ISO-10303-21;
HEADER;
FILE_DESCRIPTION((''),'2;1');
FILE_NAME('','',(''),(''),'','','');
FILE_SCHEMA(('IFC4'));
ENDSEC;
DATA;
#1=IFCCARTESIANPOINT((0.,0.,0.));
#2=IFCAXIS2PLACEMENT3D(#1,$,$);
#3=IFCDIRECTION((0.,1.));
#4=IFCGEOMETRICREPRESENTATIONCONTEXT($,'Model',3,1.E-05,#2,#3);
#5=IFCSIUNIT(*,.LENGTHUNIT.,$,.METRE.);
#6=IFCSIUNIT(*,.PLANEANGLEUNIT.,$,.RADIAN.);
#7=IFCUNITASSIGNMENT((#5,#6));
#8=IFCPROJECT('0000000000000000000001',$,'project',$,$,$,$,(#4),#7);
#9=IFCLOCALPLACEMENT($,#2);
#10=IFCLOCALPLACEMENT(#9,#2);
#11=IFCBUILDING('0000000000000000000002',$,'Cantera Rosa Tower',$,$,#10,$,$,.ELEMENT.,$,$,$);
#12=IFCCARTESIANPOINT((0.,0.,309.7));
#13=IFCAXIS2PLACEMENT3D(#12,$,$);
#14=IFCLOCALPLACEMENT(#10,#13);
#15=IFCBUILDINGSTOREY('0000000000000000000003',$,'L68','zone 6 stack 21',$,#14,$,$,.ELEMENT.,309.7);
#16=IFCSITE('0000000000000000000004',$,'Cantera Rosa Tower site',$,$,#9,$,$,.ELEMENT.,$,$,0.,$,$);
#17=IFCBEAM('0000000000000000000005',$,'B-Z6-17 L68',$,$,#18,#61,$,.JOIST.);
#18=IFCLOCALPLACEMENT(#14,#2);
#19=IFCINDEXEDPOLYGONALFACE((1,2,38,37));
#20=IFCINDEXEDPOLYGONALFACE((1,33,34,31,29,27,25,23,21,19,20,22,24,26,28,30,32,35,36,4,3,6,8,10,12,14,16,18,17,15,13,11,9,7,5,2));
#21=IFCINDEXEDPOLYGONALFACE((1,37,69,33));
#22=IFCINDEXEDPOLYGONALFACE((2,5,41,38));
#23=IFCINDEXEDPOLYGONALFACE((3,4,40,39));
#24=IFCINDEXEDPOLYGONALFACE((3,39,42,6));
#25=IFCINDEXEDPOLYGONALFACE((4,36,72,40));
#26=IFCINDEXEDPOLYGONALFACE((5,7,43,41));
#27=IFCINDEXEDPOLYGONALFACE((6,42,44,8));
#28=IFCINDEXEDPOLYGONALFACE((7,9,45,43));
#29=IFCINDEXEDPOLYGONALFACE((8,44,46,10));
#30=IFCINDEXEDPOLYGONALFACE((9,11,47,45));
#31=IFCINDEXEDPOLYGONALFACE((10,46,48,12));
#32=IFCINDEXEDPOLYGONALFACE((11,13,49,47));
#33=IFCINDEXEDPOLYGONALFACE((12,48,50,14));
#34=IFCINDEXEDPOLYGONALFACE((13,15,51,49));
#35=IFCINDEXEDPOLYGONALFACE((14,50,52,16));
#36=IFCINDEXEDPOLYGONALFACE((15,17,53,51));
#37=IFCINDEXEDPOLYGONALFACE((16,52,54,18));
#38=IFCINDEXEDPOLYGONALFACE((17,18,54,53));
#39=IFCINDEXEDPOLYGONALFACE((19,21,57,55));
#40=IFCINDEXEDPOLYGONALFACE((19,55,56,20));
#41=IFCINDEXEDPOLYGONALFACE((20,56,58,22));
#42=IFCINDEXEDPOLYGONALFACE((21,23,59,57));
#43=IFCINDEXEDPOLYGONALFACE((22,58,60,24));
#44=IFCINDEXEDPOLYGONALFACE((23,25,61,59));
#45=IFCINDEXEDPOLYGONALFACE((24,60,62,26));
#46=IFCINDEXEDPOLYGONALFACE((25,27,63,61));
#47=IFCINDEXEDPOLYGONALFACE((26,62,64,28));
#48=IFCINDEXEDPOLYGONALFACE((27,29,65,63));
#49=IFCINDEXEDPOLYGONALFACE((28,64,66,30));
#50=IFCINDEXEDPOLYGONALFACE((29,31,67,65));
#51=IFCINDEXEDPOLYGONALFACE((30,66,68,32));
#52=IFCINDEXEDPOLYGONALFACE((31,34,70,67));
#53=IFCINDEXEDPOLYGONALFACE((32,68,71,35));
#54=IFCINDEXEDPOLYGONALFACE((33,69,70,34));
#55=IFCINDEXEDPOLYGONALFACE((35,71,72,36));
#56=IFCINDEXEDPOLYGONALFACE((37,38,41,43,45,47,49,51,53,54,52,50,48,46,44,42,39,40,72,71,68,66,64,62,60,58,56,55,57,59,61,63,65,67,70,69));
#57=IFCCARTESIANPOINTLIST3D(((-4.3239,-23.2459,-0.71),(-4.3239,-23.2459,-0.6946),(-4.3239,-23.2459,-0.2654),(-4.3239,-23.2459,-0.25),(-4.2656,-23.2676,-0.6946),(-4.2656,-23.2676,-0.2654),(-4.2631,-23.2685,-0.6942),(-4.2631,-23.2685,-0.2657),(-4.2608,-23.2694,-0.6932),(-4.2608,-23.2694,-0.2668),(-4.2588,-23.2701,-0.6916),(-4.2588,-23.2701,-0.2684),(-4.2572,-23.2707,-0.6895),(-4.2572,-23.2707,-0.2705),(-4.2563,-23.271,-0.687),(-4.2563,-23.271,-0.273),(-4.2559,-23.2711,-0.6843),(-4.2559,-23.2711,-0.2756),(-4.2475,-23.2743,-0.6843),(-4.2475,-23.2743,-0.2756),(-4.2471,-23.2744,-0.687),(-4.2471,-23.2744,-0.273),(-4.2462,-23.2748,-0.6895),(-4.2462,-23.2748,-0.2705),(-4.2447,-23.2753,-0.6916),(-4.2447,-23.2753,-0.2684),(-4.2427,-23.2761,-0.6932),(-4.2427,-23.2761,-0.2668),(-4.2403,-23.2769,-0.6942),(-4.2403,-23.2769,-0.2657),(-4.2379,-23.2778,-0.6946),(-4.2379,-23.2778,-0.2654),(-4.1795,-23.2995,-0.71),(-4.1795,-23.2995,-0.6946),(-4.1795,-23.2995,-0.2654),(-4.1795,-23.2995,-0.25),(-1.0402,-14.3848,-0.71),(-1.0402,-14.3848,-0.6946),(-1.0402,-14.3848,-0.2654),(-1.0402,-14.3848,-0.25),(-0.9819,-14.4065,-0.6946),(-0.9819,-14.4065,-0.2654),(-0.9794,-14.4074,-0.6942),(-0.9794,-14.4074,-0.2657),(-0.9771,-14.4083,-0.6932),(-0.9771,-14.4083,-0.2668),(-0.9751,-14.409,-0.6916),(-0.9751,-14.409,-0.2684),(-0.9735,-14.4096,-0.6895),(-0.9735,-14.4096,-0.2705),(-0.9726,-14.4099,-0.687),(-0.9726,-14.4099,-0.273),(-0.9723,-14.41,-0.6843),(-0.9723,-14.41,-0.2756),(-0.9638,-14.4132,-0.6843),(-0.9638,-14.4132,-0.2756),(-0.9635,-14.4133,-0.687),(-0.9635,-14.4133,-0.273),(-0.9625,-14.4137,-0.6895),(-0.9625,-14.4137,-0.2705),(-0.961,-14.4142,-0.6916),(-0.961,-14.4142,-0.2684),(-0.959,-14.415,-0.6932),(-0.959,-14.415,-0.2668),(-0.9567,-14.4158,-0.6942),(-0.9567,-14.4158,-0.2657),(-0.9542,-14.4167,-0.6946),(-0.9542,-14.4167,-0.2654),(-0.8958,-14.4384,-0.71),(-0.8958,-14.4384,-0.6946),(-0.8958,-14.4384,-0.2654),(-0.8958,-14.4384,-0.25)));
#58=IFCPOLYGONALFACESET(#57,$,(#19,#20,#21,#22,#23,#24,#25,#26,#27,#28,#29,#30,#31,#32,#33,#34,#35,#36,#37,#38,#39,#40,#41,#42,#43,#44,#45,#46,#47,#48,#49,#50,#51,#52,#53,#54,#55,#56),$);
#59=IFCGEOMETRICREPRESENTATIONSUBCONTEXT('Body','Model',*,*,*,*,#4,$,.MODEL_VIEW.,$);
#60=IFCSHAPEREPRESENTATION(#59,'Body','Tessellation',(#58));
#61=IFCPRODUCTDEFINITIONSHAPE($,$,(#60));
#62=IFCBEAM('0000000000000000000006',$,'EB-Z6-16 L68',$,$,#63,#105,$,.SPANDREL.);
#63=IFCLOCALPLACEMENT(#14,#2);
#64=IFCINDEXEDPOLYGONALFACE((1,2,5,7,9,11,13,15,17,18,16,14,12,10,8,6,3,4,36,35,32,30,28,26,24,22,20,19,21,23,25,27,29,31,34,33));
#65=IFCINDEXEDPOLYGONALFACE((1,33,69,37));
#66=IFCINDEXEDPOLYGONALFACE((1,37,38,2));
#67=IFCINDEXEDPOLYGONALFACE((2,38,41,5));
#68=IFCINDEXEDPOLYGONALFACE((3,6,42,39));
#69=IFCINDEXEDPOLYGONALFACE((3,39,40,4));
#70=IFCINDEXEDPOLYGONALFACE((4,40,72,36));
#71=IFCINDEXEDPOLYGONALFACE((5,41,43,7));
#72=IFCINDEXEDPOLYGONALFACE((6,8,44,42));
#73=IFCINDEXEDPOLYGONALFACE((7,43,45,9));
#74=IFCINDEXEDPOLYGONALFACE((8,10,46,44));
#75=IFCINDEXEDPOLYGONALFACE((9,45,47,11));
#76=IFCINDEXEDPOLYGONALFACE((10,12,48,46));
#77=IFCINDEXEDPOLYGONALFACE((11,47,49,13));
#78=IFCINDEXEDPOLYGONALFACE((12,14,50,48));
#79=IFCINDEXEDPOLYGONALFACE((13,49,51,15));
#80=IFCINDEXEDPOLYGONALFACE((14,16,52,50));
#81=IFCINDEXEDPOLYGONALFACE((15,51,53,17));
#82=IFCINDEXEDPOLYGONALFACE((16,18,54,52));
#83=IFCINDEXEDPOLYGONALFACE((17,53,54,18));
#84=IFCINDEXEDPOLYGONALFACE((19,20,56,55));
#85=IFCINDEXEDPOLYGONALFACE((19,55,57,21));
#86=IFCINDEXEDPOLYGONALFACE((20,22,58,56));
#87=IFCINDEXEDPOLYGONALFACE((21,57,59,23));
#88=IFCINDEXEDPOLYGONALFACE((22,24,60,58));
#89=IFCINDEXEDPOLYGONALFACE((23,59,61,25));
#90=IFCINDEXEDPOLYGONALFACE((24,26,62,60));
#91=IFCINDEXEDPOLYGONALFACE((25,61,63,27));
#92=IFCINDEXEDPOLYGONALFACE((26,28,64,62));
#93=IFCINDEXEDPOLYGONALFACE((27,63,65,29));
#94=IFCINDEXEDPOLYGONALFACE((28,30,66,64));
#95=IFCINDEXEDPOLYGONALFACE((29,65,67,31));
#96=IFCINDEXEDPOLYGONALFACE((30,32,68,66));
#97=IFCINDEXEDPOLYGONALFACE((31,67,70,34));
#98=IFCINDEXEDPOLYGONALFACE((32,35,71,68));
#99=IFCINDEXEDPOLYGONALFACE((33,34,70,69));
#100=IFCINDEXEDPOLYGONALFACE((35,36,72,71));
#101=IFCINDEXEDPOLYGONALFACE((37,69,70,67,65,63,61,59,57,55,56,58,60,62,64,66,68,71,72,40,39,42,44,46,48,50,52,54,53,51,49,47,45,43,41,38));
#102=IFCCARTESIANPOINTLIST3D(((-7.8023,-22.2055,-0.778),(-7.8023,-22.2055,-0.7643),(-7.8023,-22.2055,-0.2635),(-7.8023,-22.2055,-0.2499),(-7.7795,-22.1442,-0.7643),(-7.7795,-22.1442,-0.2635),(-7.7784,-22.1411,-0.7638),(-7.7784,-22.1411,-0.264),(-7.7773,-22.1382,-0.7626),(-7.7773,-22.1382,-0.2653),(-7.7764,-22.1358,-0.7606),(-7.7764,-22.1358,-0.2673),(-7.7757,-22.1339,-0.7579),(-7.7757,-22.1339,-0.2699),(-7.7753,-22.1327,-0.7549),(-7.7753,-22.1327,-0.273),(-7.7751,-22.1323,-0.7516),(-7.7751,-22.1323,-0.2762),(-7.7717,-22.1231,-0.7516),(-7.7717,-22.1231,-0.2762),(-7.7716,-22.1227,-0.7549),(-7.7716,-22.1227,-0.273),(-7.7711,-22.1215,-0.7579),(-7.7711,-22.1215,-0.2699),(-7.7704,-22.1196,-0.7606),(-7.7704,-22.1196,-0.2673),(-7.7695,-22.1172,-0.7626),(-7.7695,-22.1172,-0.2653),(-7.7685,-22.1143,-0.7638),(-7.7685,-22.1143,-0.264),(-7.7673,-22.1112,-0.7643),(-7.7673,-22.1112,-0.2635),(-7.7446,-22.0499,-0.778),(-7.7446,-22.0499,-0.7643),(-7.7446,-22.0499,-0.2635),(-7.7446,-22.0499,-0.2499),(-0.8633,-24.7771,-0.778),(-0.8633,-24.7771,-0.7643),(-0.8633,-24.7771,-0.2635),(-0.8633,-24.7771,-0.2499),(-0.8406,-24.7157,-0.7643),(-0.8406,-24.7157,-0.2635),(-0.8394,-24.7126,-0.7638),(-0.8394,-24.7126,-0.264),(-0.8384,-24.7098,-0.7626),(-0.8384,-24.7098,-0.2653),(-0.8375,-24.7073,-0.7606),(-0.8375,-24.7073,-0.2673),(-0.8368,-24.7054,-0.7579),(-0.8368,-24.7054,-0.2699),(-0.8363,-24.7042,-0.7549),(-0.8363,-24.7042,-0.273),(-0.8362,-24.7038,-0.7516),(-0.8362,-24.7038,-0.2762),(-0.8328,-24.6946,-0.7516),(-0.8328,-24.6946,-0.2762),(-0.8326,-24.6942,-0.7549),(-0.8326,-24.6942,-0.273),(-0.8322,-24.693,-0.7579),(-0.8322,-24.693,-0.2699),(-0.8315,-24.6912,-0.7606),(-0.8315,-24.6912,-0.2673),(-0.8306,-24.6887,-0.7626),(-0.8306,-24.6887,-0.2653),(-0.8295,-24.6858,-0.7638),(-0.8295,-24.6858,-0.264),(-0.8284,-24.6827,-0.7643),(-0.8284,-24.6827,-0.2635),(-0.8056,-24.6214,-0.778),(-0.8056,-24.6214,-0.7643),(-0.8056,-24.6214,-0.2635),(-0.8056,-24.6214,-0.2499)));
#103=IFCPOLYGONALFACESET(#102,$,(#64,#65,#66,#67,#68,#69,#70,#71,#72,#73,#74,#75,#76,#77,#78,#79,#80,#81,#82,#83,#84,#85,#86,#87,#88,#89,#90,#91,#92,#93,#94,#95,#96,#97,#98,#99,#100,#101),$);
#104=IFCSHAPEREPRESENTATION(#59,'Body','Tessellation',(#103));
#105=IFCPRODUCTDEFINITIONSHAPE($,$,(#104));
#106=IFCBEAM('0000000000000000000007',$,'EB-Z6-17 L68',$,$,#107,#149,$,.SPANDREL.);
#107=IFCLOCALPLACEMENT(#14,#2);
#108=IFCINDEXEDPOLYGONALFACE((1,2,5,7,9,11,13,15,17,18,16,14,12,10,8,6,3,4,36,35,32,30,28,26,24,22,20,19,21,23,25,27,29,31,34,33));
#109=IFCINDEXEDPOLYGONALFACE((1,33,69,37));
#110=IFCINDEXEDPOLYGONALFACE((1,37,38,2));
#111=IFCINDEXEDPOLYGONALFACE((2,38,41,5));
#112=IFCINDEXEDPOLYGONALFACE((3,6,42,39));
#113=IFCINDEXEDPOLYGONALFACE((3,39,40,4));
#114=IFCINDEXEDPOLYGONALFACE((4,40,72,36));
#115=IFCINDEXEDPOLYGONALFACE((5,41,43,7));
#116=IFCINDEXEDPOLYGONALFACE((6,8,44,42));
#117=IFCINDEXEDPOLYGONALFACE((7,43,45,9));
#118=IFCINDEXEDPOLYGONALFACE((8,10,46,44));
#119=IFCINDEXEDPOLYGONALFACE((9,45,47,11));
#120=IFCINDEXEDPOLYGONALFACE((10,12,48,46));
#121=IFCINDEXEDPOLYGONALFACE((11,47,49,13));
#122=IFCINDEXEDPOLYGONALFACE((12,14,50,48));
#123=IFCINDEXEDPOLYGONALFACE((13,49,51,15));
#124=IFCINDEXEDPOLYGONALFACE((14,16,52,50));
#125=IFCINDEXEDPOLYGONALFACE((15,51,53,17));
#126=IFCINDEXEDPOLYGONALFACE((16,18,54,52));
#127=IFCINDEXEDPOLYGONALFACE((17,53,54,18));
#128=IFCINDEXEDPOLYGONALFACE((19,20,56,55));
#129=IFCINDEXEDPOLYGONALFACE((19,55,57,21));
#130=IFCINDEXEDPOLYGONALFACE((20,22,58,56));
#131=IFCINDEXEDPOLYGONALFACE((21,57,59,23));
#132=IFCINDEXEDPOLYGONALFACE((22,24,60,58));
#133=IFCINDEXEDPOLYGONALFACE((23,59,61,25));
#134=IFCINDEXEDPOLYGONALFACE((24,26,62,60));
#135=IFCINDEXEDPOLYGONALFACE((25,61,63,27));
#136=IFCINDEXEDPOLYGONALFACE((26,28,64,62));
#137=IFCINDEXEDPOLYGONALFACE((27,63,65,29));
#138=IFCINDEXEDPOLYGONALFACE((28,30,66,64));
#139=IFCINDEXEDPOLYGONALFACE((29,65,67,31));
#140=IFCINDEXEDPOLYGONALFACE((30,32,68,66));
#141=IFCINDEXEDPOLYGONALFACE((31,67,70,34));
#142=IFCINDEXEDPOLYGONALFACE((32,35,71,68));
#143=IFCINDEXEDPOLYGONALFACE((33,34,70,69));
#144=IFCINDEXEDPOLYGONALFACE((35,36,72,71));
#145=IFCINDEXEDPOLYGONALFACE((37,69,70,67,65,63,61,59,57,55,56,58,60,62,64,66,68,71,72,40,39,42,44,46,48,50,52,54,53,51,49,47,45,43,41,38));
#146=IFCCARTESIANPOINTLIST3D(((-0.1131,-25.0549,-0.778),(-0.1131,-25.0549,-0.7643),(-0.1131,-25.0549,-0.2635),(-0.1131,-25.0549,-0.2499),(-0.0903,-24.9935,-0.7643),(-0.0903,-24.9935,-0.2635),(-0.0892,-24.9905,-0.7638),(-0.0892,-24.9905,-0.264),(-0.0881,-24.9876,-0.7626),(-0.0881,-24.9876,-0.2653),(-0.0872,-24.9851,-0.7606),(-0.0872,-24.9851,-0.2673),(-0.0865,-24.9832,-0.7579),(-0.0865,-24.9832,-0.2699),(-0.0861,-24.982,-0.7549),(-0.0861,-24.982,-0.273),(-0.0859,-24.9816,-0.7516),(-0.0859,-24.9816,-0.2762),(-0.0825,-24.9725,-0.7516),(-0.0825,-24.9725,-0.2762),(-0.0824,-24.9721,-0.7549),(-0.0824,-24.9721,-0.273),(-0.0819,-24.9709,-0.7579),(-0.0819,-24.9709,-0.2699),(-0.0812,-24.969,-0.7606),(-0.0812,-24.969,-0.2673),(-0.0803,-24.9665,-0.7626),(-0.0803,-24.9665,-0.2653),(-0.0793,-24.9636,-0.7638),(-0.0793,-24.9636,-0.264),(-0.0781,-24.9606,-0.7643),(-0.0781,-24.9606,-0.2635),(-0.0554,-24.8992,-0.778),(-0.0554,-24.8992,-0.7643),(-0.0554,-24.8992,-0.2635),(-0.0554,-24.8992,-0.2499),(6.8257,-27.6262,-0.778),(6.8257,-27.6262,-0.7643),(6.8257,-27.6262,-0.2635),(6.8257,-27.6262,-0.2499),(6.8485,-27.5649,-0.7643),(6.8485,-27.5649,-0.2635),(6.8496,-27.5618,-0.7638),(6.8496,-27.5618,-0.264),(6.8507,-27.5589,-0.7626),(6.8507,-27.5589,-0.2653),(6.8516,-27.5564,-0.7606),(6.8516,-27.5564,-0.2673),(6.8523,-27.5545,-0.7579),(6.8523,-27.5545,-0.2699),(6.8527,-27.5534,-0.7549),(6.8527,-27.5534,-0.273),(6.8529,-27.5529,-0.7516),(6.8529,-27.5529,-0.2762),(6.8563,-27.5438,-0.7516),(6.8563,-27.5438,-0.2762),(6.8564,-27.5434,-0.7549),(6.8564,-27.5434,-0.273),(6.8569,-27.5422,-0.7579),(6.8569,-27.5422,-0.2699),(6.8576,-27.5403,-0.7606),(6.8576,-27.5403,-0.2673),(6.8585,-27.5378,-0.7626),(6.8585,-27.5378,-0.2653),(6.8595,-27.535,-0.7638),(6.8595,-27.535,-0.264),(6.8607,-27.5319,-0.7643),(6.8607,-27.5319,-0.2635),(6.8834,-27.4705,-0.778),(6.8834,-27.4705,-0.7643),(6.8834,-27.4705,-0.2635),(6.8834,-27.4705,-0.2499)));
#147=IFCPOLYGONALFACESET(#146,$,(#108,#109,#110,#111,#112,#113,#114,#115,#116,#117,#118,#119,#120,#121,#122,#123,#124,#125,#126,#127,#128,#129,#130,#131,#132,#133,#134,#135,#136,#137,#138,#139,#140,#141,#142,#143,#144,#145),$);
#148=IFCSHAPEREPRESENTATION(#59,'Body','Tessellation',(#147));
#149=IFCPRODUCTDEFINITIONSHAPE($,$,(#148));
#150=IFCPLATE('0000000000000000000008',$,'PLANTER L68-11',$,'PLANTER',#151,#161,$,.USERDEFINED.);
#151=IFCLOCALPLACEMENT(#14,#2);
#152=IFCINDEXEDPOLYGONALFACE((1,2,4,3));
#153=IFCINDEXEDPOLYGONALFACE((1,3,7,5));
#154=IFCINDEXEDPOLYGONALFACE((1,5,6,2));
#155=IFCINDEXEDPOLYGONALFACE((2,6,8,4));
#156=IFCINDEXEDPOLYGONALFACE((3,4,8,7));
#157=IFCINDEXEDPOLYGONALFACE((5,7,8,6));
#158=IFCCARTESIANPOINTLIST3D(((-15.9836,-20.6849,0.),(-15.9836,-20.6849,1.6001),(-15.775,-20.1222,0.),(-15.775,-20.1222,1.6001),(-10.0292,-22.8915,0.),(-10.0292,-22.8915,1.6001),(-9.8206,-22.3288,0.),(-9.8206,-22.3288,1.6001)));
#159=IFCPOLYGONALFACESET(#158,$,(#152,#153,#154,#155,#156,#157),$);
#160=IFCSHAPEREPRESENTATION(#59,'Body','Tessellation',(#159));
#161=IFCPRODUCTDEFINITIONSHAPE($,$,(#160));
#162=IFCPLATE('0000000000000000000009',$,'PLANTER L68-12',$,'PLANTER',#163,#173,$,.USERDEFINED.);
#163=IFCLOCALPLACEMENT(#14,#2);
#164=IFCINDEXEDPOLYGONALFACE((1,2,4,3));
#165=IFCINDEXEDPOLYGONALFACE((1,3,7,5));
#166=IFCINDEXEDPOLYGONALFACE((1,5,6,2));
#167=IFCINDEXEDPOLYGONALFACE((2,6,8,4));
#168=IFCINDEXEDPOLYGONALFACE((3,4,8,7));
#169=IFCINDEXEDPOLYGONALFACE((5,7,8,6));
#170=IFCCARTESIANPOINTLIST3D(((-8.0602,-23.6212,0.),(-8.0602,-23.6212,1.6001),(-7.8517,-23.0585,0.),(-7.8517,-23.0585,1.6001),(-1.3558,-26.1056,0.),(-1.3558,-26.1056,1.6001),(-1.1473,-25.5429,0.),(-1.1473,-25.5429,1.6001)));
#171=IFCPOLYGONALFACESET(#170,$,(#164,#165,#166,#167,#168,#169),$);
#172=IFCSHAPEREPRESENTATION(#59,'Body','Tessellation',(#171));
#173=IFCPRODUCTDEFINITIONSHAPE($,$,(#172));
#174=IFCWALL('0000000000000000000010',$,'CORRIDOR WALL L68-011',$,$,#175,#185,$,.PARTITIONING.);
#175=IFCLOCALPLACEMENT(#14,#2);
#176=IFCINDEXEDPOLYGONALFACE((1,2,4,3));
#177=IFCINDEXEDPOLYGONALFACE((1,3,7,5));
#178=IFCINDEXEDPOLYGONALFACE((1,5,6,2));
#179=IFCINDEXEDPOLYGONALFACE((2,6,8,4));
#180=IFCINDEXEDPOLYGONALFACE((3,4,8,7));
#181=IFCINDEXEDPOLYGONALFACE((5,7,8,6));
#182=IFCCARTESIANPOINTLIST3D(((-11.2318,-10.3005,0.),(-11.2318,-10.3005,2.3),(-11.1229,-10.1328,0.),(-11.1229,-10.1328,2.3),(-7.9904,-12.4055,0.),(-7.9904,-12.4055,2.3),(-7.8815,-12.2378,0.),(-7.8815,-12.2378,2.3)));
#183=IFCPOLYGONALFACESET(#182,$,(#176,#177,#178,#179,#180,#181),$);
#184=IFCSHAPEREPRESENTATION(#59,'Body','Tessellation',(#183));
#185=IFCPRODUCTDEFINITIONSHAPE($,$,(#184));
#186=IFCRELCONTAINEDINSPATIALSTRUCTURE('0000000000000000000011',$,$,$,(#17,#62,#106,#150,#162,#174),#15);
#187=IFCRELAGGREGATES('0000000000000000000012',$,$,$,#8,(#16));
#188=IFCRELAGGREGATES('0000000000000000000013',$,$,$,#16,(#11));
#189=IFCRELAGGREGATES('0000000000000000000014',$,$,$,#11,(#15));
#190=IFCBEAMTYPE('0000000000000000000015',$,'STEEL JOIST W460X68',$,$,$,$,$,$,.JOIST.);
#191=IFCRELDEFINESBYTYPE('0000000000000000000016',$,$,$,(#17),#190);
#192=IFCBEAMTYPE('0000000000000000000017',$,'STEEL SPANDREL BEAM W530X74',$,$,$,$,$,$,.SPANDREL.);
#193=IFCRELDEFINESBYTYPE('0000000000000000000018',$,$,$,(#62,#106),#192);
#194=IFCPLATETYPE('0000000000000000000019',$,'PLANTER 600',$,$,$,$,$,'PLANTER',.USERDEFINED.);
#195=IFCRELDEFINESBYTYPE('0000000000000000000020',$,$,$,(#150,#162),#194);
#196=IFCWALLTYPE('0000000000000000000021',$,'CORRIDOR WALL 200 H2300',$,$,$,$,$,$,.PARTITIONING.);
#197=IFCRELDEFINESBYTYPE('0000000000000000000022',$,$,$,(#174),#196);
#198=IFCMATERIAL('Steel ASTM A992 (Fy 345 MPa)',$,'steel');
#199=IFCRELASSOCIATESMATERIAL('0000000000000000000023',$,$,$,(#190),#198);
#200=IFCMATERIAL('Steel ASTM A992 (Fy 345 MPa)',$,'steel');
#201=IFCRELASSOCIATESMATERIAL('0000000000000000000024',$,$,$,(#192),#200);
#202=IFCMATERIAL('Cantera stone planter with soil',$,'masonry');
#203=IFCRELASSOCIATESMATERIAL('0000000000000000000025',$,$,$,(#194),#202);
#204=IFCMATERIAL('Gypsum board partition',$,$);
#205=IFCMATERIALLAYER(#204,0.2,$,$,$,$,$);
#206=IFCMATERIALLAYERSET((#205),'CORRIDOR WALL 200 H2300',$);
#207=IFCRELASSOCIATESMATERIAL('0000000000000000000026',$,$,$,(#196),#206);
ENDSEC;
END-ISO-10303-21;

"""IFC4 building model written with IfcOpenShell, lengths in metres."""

from ifc_helpers import new_model, si_unit, direction, frame, frame_2d, origin, origin_2d, place, context, subcontext, project, spatial, rectangle, i_section, extrude, material, layer, layer_set, material_profile, profile_set, type_object, element, save


model = new_model("IFC4")

# Units and contexts
model_context = context("Model", 3, precision=1e-05, world=origin(), true_north=direction((0.0, 1.0)))
body_context = subcontext(model_context, "Body", "Model", "MODEL_VIEW")
ifc_project = project(units=[si_unit("LENGTHUNIT", "METRE"), si_unit("PLANEANGLEUNIT", "RADIAN")], contexts=[model_context])

# Site, building, storey
site_placement = place(None, origin())
site = spatial("IfcSite", under=ifc_project, at=site_placement, Name="Cantera Rosa Tower site", CompositionType="ELEMENT", RefElevation=0.0)
building_placement = place(site_placement, origin())
building = spatial("IfcBuilding", under=site, at=building_placement, Name="Cantera Rosa Tower", CompositionType="ELEMENT")
storey_placement = place(building_placement, frame((0.0, 0.0, 309.7)))
storey = spatial("IfcBuildingStorey", under=building, at=storey_placement, Name="L68", Description="zone 6 stack 21", CompositionType="ELEMENT", Elevation=309.7)

# Beams
ifc_material_1 = material(Name="Steel ASTM A992 (Fy 345 MPa)", Category="steel")
ifc_material_profile_1 = material_profile(ifc_material_1, i_section(OverallWidth=0.1541, OverallDepth=0.46, WebThickness=0.009, FlangeThickness=0.0154, FilletRadius=0.0103, at=origin_2d()), Name="W460X68")
ifc_profile_set_1 = profile_set([ifc_material_profile_1], Name="Steel ASTM A992 (Fy 345 MPa)")
beam_type_1 = type_object("IfcBeamType", Name="STEEL JOIST W460X68", PredefinedType="JOIST", material=ifc_profile_set_1)
for number, where, z_axis, x_axis, name in (
    (1, (-4.2517, -23.2727, -0.48), (0.347483, 0.937686, 0.0), (-0.937686, 0.347483, 0.0), "B-Z6-17 L68"),
):
    element("IfcBeam", number, at=place(storey_placement, frame(where, z_axis=z_axis, x_axis=x_axis)), inside=storey, type_object=beam_type_1, Name=name, PredefinedType="JOIST", context=body_context, shape_type="SweptSolid", body=[
        extrude(i_section(OverallWidth=0.1541, OverallDepth=0.46, WebThickness=0.009, FlangeThickness=0.0154, FilletRadius=0.0103, at=origin_2d()), origin(), (0.0, 0.0, 1.0), 9.45),
    ])
ifc_material_2 = material(Name="Steel ASTM A992 (Fy 345 MPa)", Category="steel")
ifc_material_profile_2 = material_profile(ifc_material_2, i_section(OverallWidth=0.166, OverallDepth=0.5281, WebThickness=0.0098, FlangeThickness=0.0137, FilletRadius=0.0127, at=origin_2d()), Name="W530X74")
ifc_profile_set_2 = profile_set([ifc_material_profile_2], Name="Steel ASTM A992 (Fy 345 MPa)")
beam_type_2 = type_object("IfcBeamType", Name="STEEL SPANDREL BEAM W530X74", PredefinedType="SPANDREL", material=ifc_profile_set_2)
beam_1_placement = place(storey_placement, frame((-7.7734, -22.1277, -0.5139), z_axis=(0.937681, -0.347498, 0.0), x_axis=(0.347498, 0.937681, 0.0)))
element("IfcBeam", 2, at=beam_1_placement, inside=storey, type_object=beam_type_2, Name="EB-Z6-16 L68", PredefinedType="SPANDREL", context=body_context, shape_type="SweptSolid", body=[
    extrude(i_section(OverallWidth=0.166, OverallDepth=0.5281, WebThickness=0.0098, FlangeThickness=0.0137, FilletRadius=0.0127, at=origin_2d()), origin(), (0.0, 0.0, 1.0), 7.4001),
])
beam_2_placement = place(storey_placement, frame((-0.0842, -24.9771, -0.5139), z_axis=(0.937687, -0.34748, 0.0), x_axis=(0.34748, 0.937687, 0.0)))
element("IfcBeam", 3, at=beam_2_placement, inside=storey, type_object=beam_type_2, Name="EB-Z6-17 L68", PredefinedType="SPANDREL", context=body_context, shape_type="SweptSolid", body=[
    extrude(i_section(OverallWidth=0.166, OverallDepth=0.5281, WebThickness=0.0098, FlangeThickness=0.0137, FilletRadius=0.0127, at=origin_2d()), origin(), (0.0, 0.0, 1.0), 7.3999),
])

# Plates
ifc_material_3 = material(Name="Cantera stone planter with soil", Category="masonry")
plate_type = type_object("IfcPlateType", Name="PLANTER 600", ElementType="PLANTER", PredefinedType="USERDEFINED", material=ifc_material_3)
plate_1_placement = place(storey_placement, frame((-12.9021, -21.5068, 0.0), z_axis=(0.0, 0.0, 1.0), x_axis=(0.937687, -0.347481, 0.0)))
element("IfcPlate", 4, at=plate_1_placement, inside=storey, type_object=plate_type, Name="PLANTER L68-11", ObjectType="PLANTER", PredefinedType="USERDEFINED", context=body_context, shape_type="SweptSolid", body=[
    extrude(rectangle(XDim=6.3501, YDim=0.6001, at=origin_2d()), origin(), (0.0, 0.0, 1.0), 1.6001),
])
plate_2_placement = place(storey_placement, frame((-4.6038, -24.582, 0.0), z_axis=(0.0, 0.0, 1.0), x_axis=(0.937687, -0.347481, 0.0)))
element("IfcPlate", 5, at=plate_2_placement, inside=storey, type_object=plate_type, Name="PLANTER L68-12", ObjectType="PLANTER", PredefinedType="USERDEFINED", context=body_context, shape_type="SweptSolid", body=[
    extrude(rectangle(XDim=7.1499, YDim=0.6001, at=origin_2d()), origin(), (0.0, 0.0, 1.0), 1.6001),
])

# Wall
ifc_material_4 = material(Name="Gypsum board partition")
ifc_layer_1 = layer(ifc_material_4, 0.2)
ifc_layer_set_1 = layer_set([ifc_layer_1], Name="CORRIDOR WALL 200 H2300")
wall_type_1 = type_object("IfcWallType", Name="CORRIDOR WALL 200 H2300", PredefinedType="PARTITIONING", material=ifc_layer_set_1)
wall_1_placement = place(storey_placement, frame((-11.1775, -10.2166, 0.0), z_axis=(0.0, 0.0, 1.0), x_axis=(0.838676, -0.544631, 0.0)))
element("IfcWall", 6, at=wall_1_placement, inside=storey, type_object=wall_type_1, Name="CORRIDOR WALL L68-011", PredefinedType="PARTITIONING", context=body_context, shape_type="SweptSolid", body=[
    extrude(rectangle(XDim=3.865, YDim=0.2, at=frame_2d((1.9326, 0.0))), origin(), (0.0, 0.0, 1.0), 2.3),
])

save(model, "model.ifc")
